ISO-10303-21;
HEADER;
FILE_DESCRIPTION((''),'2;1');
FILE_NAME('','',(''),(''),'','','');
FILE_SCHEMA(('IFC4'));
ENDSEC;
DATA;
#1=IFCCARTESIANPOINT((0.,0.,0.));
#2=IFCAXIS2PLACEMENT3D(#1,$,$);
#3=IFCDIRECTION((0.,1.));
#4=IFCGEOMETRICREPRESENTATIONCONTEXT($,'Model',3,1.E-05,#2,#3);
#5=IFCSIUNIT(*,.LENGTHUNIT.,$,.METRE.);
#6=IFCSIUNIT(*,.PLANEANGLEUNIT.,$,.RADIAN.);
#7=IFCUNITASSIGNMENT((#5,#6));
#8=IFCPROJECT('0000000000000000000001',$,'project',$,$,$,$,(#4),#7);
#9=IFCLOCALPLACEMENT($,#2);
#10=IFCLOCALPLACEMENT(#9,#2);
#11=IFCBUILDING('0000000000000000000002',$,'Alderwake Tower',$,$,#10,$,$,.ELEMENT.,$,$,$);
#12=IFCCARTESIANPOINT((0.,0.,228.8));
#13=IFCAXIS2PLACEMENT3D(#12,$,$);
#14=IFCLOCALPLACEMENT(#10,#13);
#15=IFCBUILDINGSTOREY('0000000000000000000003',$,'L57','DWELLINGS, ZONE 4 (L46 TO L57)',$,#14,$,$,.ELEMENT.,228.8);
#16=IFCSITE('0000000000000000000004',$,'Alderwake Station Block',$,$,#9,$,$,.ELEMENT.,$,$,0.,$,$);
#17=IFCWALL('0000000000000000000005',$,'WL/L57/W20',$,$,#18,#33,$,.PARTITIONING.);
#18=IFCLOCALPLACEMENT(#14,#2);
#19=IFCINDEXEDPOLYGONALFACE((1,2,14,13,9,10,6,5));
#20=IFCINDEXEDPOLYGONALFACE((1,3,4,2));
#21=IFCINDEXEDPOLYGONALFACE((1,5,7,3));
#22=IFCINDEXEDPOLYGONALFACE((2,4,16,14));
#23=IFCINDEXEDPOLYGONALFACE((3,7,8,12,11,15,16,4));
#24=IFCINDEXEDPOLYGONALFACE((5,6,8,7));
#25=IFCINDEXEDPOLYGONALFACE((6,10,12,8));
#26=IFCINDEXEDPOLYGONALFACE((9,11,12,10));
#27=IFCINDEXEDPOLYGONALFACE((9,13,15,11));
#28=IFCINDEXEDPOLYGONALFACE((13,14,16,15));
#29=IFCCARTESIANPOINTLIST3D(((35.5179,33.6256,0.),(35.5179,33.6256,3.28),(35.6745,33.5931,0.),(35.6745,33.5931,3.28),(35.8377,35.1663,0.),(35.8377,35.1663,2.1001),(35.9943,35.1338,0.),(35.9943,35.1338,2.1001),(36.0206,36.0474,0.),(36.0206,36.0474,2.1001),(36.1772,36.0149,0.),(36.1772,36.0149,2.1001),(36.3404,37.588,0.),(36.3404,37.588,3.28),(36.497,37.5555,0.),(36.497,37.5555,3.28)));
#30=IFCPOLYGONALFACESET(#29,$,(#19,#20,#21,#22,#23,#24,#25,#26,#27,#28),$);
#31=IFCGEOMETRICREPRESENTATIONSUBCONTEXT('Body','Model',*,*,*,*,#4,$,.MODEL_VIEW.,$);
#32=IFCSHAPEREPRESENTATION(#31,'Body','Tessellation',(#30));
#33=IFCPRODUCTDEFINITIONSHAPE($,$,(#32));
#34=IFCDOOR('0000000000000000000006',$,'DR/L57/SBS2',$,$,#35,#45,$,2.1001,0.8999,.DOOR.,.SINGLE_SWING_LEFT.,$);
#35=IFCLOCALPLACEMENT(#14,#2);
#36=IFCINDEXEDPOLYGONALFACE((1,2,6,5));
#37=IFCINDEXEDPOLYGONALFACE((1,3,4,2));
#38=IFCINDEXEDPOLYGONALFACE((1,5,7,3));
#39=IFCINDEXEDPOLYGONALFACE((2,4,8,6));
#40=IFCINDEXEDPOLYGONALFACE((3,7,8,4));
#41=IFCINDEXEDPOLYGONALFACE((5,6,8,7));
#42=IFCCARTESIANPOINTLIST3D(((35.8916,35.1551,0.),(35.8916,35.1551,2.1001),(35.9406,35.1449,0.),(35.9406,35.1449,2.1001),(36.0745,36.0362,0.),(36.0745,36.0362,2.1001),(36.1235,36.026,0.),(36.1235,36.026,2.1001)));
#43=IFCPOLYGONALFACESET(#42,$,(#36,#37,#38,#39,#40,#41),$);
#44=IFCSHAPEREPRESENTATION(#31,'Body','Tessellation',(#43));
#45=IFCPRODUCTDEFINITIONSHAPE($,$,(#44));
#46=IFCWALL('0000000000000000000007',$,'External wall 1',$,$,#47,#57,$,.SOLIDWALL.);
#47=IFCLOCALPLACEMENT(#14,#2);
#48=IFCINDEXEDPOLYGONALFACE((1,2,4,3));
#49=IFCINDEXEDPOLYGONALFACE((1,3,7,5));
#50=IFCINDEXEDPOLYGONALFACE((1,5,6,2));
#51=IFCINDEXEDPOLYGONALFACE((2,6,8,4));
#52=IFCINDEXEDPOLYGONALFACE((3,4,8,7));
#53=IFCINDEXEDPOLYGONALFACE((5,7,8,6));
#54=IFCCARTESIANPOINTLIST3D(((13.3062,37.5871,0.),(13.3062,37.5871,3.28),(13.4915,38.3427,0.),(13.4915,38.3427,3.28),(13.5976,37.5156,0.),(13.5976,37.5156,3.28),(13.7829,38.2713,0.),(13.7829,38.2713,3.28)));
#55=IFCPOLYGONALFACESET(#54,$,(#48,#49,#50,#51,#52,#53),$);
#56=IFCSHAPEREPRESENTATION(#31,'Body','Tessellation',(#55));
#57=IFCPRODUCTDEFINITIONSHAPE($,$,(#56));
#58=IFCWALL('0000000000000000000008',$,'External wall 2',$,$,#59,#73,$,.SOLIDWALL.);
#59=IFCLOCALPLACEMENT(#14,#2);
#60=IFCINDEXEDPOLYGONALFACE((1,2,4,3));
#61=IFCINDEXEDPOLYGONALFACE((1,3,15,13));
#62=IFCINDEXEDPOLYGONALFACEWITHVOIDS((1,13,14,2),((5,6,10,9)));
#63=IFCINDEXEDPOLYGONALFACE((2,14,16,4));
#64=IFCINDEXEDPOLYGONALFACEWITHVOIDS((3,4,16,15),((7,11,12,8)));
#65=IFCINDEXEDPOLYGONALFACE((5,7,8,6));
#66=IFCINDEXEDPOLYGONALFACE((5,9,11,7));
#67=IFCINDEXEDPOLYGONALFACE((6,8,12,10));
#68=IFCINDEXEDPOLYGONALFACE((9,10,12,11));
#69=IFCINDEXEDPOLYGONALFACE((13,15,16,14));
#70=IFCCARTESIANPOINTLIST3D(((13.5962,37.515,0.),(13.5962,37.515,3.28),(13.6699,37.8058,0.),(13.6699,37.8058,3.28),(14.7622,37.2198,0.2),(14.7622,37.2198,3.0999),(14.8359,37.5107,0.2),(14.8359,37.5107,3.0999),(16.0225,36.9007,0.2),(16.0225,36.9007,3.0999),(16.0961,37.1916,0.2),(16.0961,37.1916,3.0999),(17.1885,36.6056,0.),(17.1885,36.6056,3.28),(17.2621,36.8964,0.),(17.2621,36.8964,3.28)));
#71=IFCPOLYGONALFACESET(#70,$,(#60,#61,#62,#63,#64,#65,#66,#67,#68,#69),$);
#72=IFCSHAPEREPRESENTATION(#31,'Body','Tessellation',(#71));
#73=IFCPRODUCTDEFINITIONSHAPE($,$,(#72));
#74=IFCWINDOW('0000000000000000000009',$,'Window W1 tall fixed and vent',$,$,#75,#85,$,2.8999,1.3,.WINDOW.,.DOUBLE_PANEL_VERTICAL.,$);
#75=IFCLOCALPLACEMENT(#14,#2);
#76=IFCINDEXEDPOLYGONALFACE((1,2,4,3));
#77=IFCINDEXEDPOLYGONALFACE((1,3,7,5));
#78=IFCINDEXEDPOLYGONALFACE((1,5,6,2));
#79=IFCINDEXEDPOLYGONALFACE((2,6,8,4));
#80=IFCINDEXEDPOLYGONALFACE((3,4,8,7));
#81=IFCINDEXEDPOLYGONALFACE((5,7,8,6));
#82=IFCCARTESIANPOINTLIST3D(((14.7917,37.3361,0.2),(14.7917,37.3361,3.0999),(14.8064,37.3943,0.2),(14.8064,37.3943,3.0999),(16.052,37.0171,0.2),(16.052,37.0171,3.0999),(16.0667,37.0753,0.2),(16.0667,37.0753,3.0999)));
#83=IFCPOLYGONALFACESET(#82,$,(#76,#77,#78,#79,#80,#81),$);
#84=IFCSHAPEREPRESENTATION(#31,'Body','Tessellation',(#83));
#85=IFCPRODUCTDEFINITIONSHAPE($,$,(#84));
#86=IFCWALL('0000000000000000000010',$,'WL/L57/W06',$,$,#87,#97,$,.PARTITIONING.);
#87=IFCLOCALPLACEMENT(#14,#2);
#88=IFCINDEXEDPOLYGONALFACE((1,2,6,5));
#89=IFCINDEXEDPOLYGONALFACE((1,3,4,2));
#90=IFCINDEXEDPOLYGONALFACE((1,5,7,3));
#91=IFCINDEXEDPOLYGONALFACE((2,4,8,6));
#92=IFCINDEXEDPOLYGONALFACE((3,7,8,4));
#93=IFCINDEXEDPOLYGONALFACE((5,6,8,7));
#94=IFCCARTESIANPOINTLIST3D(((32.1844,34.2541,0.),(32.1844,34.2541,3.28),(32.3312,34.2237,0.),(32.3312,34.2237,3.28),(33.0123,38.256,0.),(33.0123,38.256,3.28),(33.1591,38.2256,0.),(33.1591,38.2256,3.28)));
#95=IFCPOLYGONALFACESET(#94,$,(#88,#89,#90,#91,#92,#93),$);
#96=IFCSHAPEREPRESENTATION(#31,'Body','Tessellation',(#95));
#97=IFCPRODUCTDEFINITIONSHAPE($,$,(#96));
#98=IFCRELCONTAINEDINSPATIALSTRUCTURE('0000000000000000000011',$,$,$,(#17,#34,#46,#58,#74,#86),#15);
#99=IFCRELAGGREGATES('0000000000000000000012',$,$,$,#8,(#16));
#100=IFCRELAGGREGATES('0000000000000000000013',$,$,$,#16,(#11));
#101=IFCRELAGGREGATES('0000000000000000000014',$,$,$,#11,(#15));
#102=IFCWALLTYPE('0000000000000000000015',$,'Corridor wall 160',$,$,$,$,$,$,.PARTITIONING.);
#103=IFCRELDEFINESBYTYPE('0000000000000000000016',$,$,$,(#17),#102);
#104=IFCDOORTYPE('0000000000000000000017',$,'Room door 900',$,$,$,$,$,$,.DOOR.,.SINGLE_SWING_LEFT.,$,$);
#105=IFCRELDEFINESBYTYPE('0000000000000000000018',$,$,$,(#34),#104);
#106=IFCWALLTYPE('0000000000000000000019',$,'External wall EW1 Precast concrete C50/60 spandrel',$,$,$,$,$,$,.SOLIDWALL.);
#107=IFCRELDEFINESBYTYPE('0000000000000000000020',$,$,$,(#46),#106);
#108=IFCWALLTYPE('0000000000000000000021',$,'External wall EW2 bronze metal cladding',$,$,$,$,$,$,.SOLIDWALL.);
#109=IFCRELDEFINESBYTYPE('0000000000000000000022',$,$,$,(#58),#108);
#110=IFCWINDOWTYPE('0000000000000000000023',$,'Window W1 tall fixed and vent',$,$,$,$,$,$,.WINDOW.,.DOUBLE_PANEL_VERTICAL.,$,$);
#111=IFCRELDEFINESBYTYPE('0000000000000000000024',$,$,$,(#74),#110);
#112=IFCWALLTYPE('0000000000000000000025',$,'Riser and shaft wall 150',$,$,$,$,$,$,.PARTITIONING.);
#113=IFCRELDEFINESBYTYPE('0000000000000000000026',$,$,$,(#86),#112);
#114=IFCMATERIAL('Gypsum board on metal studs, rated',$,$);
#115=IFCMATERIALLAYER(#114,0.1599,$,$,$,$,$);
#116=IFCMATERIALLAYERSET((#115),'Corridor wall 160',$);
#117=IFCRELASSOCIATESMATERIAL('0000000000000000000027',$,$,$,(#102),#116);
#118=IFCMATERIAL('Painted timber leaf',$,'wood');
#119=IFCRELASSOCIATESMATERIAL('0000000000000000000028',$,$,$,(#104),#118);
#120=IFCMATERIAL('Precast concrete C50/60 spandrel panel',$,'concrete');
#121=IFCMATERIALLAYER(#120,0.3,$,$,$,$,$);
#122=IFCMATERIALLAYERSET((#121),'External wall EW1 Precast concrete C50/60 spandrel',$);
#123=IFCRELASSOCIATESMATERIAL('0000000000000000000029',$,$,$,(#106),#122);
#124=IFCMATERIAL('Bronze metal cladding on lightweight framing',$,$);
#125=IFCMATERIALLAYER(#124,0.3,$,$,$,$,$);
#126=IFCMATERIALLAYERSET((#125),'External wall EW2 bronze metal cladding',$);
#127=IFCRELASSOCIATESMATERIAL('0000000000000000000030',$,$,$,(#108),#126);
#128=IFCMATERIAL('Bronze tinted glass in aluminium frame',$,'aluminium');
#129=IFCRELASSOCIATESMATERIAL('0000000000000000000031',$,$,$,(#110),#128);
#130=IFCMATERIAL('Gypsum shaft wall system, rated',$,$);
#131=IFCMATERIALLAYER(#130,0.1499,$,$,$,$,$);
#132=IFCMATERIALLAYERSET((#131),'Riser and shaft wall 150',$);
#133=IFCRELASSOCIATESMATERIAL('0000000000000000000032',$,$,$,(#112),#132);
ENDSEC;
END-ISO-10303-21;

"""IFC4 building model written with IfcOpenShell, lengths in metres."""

from ifc_helpers import new_model, si_unit, direction, frame, frame_2d, origin, place, context, subcontext, project, spatial, rectangle, extrude, material, layer, layer_set, type_object, element, fill, save


model = new_model("IFC4")

# Units and contexts
model_context = context("Model", 3, precision=1e-05, world=origin(), true_north=direction((0.0, 1.0)))
body_context = subcontext(model_context, "Body", "Model", "MODEL_VIEW")
ifc_project = project(units=[si_unit("LENGTHUNIT", "METRE"), si_unit("PLANEANGLEUNIT", "RADIAN")], contexts=[model_context])

# Site, building, storey
site_placement = place(None, origin())
site = spatial("IfcSite", under=ifc_project, at=site_placement, Name="Alderwake Station Block", CompositionType="ELEMENT", RefElevation=0.0)
building_placement = place(site_placement, origin())
building = spatial("IfcBuilding", under=site, at=building_placement, Name="Alderwake Tower", CompositionType="ELEMENT")
storey_placement = place(building_placement, frame((0.0, 0.0, 228.8)))
storey = spatial("IfcBuildingStorey", under=building, at=storey_placement, Name="L57", Description="DWELLINGS, ZONE 4 (L46 TO L57)", CompositionType="ELEMENT", Elevation=228.8)

# Shared definitions
ifc_material_1 = material(Name="Gypsum board on metal studs, rated")
ifc_layer_1 = layer(ifc_material_1, 0.1599)
ifc_layer_set_1 = layer_set([ifc_layer_1], Name="Corridor wall 160")
wall_type_1 = type_object("IfcWallType", Name="Corridor wall 160", PredefinedType="PARTITIONING", material=ifc_layer_set_1)

# Wall, opening, door
wall_1_placement = place(storey_placement, frame((35.5962, 33.6094, 0.0), z_axis=(0.0, 0.0, 1.0), x_axis=(0.203246, 0.979128, 0.0)))
wall_1 = element("IfcWall", 1, at=wall_1_placement, inside=storey, type_object=wall_type_1, Name="WL/L57/W20", PredefinedType="PARTITIONING", context=body_context, shape_type="SweptSolid", body=[
    extrude(rectangle(XDim=4.0469, YDim=0.1599, at=frame_2d((2.0234, 0.0))), origin(), (0.0, 0.0, 1.0), 3.28),
])
opening_1_placement = place(wall_1_placement, frame((1.5735, 0.0, 0.0)))
opening_1 = element("IfcOpeningElement", 2, at=opening_1_placement, cuts=wall_1, PredefinedType="OPENING", context=body_context, shape_type="SweptSolid", body=[
    extrude(rectangle(XDim=0.8999, YDim=2.1001, at=frame_2d((0.45, 1.05))), frame((0.0, 0.0898, 0.0), z_axis=(0.0, -1.0, 0.0), x_axis=(1.0, 0.0, 0.0)), (0.0, 0.0, 1.0), 0.1799),
])
ifc_material_2 = material(Name="Painted timber leaf", Category="wood")
door_type_1 = type_object("IfcDoorType", Name="Room door 900", OperationType="SINGLE_SWING_LEFT", PredefinedType="DOOR", material=ifc_material_2)
door_1_placement = place(opening_1_placement, origin())
door_1 = element("IfcDoor", 3, at=door_1_placement, inside=storey, type_object=door_type_1, Name="DR/L57/SBS2", OperationType="SINGLE_SWING_LEFT", OverallHeight=2.1001, OverallWidth=0.8999, PredefinedType="DOOR", context=body_context, shape_type="SweptSolid", body=[
    extrude(rectangle(XDim=0.8999, YDim=2.1001, at=frame_2d((0.45, 1.05))), frame((0.0, 0.0249, 0.0), z_axis=(0.0, -1.0, 0.0), x_axis=(1.0, 0.0, 0.0)), (0.0, 0.0, 1.0), 0.05),
])
fill(opening_1, door_1)

# Wall
ifc_material_3 = material(Name="Precast concrete C50/60 spandrel panel", Category="concrete")
ifc_layer_2 = layer(ifc_material_3, 0.3)
ifc_layer_set_2 = layer_set([ifc_layer_2], Name="External wall EW1 Precast concrete C50/60 spandrel")
wall_type_2 = type_object("IfcWallType", Name="External wall EW1 Precast concrete C50/60 spandrel", PredefinedType="SOLIDWALL", material=ifc_layer_set_2)
wall_2_placement = place(storey_placement, frame((13.6372, 38.3071, 0.0), z_axis=(0.0, 0.0, 1.0), x_axis=(-0.238177, -0.971222, 0.0)))
element("IfcWall", 4, at=wall_2_placement, inside=storey, type_object=wall_type_2, Name="External wall 1", PredefinedType="SOLIDWALL", context=body_context, shape_type="SweptSolid", body=[
    extrude(rectangle(XDim=0.7781, YDim=0.3, at=frame_2d((0.3892, 0.0))), origin(), (0.0, 0.0, 1.0), 3.28),
])

# Wall, opening, window
ifc_material_4 = material(Name="Bronze metal cladding on lightweight framing")
ifc_layer_3 = layer(ifc_material_4, 0.3)
ifc_layer_set_3 = layer_set([ifc_layer_3], Name="External wall EW2 bronze metal cladding")
wall_type_3 = type_object("IfcWallType", Name="External wall EW2 bronze metal cladding", PredefinedType="SOLIDWALL", material=ifc_layer_set_3)
wall_3_placement = place(storey_placement, frame((13.6331, 37.6604, 0.0), z_axis=(0.0, 0.0, 1.0), x_axis=(0.969417, -0.245418, 0.0)))
wall_3 = element("IfcWall", 5, at=wall_3_placement, inside=storey, type_object=wall_type_3, Name="External wall 2", PredefinedType="SOLIDWALL", context=body_context, shape_type="SweptSolid", body=[
    extrude(rectangle(XDim=3.7056, YDim=0.3, at=frame_2d((1.8528, 0.0))), origin(), (0.0, 0.0, 1.0), 3.28),
])
opening_2_placement = place(wall_3_placement, frame((1.2029, 0.0, 0.2)))
opening_2 = element("IfcOpeningElement", 6, at=opening_2_placement, cuts=wall_3, PredefinedType="OPENING", context=body_context, shape_type="SweptSolid", body=[
    extrude(rectangle(XDim=1.3, YDim=2.8999, at=frame_2d((0.6499, 1.45))), frame((0.0, 0.1599, 0.0), z_axis=(0.0, -1.0, 0.0), x_axis=(1.0, 0.0, 0.0)), (0.0, 0.0, 1.0), 0.3201),
])
ifc_material_5 = material(Name="Bronze tinted glass in aluminium frame", Category="aluminium")
window_type = type_object("IfcWindowType", Name="Window W1 tall fixed and vent", PartitioningType="DOUBLE_PANEL_VERTICAL", PredefinedType="WINDOW", material=ifc_material_5)
window_1_placement = place(opening_2_placement, origin())
window_1 = element("IfcWindow", 7, at=window_1_placement, inside=storey, type_object=window_type, Name="Window W1 tall fixed and vent", OverallHeight=2.8999, OverallWidth=1.3, PartitioningType="DOUBLE_PANEL_VERTICAL", PredefinedType="WINDOW", context=body_context, shape_type="SweptSolid", body=[
    extrude(rectangle(XDim=1.3, YDim=2.8999, at=frame_2d((0.6499, 1.45))), frame((0.0, 0.03, 0.0), z_axis=(0.0, -1.0, 0.0), x_axis=(1.0, 0.0, 0.0)), (0.0, 0.0, 1.0), 0.0601),
])
fill(opening_2, window_1)

# Wall
ifc_material_6 = material(Name="Gypsum shaft wall system, rated")
ifc_layer_4 = layer(ifc_material_6, 0.1499)
ifc_layer_set_4 = layer_set([ifc_layer_4], Name="Riser and shaft wall 150")
wall_type_4 = type_object("IfcWallType", Name="Riser and shaft wall 150", PredefinedType="PARTITIONING", material=ifc_layer_set_4)
wall_4_placement = place(storey_placement, frame((32.2578, 34.2388, 0.0), z_axis=(0.0, 0.0, 1.0), x_axis=(0.20258, 0.979266, 0.0)))
element("IfcWall", 8, at=wall_4_placement, inside=storey, type_object=wall_type_4, Name="WL/L57/W06", PredefinedType="PARTITIONING", context=body_context, shape_type="SweptSolid", body=[
    extrude(rectangle(XDim=4.0867, YDim=0.1499, at=frame_2d((2.0435, 0.0))), origin(), (0.0, 0.0, 1.0), 3.28),
])

save(model, "model.ifc")
